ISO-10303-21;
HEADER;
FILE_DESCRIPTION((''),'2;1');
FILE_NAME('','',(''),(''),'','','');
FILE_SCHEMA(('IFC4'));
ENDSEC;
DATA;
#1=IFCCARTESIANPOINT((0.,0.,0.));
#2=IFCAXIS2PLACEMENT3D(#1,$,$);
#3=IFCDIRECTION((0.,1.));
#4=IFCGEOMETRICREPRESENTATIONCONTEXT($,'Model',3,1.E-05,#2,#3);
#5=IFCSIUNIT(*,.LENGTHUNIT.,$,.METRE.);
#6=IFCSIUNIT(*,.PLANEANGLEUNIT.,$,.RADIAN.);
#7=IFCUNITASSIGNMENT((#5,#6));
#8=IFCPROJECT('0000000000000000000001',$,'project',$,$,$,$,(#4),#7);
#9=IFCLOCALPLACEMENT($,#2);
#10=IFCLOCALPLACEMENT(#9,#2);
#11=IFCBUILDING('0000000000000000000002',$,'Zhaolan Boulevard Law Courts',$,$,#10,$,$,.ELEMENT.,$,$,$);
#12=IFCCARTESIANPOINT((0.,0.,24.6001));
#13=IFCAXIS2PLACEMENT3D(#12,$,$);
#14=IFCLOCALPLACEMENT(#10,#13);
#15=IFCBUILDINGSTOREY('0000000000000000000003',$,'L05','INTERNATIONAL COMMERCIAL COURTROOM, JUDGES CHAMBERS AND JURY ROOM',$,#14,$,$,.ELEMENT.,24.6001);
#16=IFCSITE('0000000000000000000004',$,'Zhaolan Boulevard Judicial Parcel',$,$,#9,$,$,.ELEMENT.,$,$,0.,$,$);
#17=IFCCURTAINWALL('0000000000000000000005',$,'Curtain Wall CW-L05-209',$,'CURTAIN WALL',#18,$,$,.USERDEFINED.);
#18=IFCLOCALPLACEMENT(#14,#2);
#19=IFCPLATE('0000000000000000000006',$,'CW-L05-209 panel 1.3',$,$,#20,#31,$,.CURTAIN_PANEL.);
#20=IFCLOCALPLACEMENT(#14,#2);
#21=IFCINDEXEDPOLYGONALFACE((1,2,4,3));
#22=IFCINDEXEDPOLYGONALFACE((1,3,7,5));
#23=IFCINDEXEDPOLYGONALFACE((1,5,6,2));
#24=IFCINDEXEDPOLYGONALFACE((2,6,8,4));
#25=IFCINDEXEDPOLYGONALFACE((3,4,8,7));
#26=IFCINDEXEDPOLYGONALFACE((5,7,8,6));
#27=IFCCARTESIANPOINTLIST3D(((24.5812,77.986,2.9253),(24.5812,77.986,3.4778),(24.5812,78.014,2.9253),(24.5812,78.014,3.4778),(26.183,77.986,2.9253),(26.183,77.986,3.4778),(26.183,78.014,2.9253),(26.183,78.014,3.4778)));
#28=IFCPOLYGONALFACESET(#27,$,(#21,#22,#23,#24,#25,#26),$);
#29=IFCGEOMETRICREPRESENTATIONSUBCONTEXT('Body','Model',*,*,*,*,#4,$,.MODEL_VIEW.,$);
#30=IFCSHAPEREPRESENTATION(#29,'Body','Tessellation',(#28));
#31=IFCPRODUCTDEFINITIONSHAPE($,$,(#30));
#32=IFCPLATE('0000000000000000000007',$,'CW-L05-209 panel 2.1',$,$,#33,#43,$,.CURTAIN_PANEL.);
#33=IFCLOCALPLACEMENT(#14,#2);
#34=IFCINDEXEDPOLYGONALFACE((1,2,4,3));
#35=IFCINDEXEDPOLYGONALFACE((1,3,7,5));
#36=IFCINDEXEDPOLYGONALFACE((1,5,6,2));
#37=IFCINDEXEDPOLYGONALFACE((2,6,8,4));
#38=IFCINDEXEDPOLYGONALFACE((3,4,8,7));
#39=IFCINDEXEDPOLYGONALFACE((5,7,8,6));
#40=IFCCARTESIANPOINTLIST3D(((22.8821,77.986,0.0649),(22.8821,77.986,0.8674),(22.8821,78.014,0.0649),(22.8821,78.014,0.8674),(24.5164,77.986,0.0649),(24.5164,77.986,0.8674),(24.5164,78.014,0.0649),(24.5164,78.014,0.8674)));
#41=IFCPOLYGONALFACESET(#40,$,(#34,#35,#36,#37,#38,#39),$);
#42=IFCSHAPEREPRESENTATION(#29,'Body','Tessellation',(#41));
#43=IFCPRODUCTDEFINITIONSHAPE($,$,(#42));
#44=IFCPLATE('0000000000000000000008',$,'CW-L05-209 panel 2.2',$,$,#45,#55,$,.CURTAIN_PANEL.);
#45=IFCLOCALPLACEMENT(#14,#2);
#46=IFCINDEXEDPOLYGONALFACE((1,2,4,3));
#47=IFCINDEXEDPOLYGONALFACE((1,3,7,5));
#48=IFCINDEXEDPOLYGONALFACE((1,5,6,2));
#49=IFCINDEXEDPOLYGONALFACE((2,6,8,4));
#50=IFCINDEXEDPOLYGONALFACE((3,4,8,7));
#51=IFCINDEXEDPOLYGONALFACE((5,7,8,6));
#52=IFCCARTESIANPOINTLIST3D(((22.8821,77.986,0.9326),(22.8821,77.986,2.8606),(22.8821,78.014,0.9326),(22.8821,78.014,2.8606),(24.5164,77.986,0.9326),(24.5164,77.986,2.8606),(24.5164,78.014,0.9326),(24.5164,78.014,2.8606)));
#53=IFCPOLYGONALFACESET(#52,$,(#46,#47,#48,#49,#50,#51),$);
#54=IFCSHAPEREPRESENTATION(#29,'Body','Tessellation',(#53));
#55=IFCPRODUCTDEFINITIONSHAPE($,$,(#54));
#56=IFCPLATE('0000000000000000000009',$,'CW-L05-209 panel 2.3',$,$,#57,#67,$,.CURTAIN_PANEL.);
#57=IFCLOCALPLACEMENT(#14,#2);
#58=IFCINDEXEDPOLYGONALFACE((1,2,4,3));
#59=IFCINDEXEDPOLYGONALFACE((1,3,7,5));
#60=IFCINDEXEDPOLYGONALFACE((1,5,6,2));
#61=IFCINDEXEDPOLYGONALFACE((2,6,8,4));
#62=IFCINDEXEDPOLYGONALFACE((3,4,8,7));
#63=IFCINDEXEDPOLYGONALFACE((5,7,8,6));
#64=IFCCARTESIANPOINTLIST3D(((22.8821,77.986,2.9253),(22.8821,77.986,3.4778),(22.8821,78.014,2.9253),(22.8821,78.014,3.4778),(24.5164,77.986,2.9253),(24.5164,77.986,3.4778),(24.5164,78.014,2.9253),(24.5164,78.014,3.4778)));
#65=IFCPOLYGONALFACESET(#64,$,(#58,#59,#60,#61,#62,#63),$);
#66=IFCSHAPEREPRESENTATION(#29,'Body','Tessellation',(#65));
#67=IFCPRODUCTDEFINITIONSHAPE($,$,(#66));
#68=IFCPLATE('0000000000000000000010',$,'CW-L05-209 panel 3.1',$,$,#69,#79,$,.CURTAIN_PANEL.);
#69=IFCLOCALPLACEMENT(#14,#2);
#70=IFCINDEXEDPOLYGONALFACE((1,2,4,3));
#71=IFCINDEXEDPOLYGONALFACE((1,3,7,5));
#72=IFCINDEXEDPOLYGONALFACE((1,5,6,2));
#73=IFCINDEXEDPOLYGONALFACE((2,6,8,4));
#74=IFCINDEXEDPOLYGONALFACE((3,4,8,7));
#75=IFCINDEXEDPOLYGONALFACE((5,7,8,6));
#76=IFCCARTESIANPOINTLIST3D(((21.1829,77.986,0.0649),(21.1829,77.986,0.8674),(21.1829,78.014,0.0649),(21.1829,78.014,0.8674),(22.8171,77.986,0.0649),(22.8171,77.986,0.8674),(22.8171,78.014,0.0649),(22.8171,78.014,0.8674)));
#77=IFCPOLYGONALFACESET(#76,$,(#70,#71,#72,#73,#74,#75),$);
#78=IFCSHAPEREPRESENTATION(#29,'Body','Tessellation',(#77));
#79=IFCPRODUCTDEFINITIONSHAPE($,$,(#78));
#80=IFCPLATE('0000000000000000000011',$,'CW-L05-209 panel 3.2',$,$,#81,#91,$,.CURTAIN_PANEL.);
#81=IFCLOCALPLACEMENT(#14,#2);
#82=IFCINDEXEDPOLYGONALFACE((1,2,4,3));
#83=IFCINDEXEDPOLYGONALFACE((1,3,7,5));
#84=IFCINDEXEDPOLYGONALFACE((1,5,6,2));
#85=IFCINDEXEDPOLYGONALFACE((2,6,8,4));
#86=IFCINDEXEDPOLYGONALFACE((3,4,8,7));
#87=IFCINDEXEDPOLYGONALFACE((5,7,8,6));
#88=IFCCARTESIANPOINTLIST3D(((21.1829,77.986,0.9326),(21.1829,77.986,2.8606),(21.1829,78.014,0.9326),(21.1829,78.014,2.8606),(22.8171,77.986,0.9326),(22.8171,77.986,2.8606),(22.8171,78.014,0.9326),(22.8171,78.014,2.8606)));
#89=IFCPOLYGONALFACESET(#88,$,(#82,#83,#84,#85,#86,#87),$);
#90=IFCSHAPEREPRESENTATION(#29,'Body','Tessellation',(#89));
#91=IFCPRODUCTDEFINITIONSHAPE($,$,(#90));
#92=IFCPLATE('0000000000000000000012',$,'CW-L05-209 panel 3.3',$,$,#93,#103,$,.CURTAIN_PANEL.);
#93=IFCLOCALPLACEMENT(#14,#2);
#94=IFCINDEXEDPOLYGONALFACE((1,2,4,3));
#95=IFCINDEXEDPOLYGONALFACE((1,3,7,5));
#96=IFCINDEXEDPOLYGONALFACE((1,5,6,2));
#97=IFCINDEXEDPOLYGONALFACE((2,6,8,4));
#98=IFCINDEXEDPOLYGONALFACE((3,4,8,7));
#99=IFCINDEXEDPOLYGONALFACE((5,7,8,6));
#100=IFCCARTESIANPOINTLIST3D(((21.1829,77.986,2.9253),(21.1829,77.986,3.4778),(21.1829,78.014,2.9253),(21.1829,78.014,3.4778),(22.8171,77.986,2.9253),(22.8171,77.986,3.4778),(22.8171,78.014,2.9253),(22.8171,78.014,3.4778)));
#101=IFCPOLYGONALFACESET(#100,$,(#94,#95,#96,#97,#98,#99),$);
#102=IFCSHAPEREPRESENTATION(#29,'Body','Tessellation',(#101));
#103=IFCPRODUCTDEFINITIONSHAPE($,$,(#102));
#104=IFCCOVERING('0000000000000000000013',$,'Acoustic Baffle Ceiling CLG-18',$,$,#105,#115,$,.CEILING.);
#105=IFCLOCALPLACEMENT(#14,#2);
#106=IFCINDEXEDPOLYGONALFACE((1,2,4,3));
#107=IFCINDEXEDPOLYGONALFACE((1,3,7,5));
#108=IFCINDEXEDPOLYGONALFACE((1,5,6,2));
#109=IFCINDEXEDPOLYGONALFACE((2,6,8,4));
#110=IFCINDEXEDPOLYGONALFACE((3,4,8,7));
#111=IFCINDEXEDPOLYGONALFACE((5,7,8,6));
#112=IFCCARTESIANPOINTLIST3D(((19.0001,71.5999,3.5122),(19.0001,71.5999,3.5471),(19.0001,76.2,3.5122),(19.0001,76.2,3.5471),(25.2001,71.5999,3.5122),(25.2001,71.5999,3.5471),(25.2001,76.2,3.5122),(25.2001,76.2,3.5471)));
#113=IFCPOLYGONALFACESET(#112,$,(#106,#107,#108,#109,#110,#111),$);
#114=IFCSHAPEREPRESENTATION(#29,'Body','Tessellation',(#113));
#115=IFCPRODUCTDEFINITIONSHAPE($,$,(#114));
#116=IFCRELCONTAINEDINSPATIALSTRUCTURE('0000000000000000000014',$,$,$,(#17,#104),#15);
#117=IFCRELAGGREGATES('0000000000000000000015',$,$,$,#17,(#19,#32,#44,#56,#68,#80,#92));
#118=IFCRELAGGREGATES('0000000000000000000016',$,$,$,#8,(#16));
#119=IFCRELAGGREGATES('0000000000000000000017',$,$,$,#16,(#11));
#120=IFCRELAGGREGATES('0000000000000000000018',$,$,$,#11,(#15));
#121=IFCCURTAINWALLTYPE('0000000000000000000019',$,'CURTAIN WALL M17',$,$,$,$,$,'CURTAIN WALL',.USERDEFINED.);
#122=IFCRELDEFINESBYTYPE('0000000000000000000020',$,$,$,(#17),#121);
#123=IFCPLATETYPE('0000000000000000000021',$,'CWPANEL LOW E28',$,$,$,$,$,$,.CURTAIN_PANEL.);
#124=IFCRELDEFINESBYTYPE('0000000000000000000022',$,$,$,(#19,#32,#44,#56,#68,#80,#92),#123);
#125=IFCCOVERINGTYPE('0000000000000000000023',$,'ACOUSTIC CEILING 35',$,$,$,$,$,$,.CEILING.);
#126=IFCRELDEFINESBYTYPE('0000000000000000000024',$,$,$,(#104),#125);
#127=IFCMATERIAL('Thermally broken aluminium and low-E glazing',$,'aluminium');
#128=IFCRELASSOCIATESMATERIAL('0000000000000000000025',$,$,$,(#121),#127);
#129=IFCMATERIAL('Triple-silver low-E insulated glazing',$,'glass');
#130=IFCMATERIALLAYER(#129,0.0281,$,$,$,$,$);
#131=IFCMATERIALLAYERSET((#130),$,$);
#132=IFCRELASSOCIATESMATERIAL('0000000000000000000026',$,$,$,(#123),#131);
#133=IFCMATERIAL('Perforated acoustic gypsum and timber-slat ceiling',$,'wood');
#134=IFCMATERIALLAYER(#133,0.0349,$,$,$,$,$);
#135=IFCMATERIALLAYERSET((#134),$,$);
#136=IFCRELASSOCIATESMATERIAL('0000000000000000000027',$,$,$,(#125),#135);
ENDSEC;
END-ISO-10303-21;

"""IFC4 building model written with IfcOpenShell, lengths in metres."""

from ifc_helpers import new_model, si_unit, direction, frame, origin, origin_2d, place, context, subcontext, project, spatial, rectangle, extrude, material, layer, layer_set, type_object, element, aggregate, save


model = new_model("IFC4")

# Units and contexts
model_context = context("Model", 3, precision=1e-05, world=origin(), true_north=direction((0.0, 1.0)))
body_context = subcontext(model_context, "Body", "Model", "MODEL_VIEW")
ifc_project = project(units=[si_unit("LENGTHUNIT", "METRE"), si_unit("PLANEANGLEUNIT", "RADIAN")], contexts=[model_context])

# Site, building, storey
site_placement = place(None, origin())
site = spatial("IfcSite", under=ifc_project, at=site_placement, Name="Zhaolan Boulevard Judicial Parcel", CompositionType="ELEMENT", RefElevation=0.0)
building_placement = place(site_placement, origin())
building = spatial("IfcBuilding", under=site, at=building_placement, Name="Zhaolan Boulevard Law Courts", CompositionType="ELEMENT")
storey_placement = place(building_placement, frame((0.0, 0.0, 24.6001)))
storey = spatial("IfcBuildingStorey", under=building, at=storey_placement, Name="L05", Description="INTERNATIONAL COMMERCIAL COURTROOM, JUDGES CHAMBERS AND JURY ROOM", CompositionType="ELEMENT", Elevation=24.6001)

# Curtain wall, plates
ifc_material_1 = material(Name="Thermally broken aluminium and low-E glazing", Category="aluminium")
curtain_wall_type = type_object("IfcCurtainWallType", Name="CURTAIN WALL M17", ElementType="CURTAIN WALL", PredefinedType="USERDEFINED", material=ifc_material_1)
curtain_wall_placement = place(storey_placement, origin())
curtain_wall = element("IfcCurtainWall", 1, at=curtain_wall_placement, inside=storey, type_object=curtain_wall_type, Name="Curtain Wall CW-L05-209", ObjectType="CURTAIN WALL", PredefinedType="USERDEFINED")
ifc_material_2 = material(Name="Triple-silver low-E insulated glazing", Category="glass")
ifc_layer_1 = layer(ifc_material_2, 0.0281)
ifc_layer_set_1 = layer_set([ifc_layer_1])
plate_type = type_object("IfcPlateType", Name="CWPANEL LOW E28", PredefinedType="CURTAIN_PANEL", material=ifc_layer_set_1)
plate_1_placement = place(storey_placement, frame((25.3821, 78.0, 2.9253), z_axis=(0.0, 0.0, 1.0), x_axis=(-1.0, 0.0, 0.0)))
plate_1 = element("IfcPlate", 2, at=plate_1_placement, type_object=plate_type, Name="CW-L05-209 panel 1.3", PredefinedType="CURTAIN_PANEL", context=body_context, shape_type="SweptSolid", body=[
    extrude(rectangle(XDim=1.6018, YDim=0.0281, at=origin_2d()), origin(), (0.0, 0.0, 1.0), 0.5525),
])
plate_2_placement = place(storey_placement, frame((23.6992, 78.0, 0.0649), z_axis=(0.0, 0.0, 1.0), x_axis=(-1.0, 0.0, 0.0)))
plate_2 = element("IfcPlate", 3, at=plate_2_placement, type_object=plate_type, Name="CW-L05-209 panel 2.1", PredefinedType="CURTAIN_PANEL", context=body_context, shape_type="SweptSolid", body=[
    extrude(rectangle(XDim=1.6343, YDim=0.0281, at=origin_2d()), origin(), (0.0, 0.0, 1.0), 0.8025),
])
plate_3_placement = place(storey_placement, frame((23.6992, 78.0, 0.9326), z_axis=(0.0, 0.0, 1.0), x_axis=(-1.0, 0.0, 0.0)))
plate_3 = element("IfcPlate", 4, at=plate_3_placement, type_object=plate_type, Name="CW-L05-209 panel 2.2", PredefinedType="CURTAIN_PANEL", context=body_context, shape_type="SweptSolid", body=[
    extrude(rectangle(XDim=1.6343, YDim=0.0281, at=origin_2d()), origin(), (0.0, 0.0, 1.0), 1.928),
])
plate_4_placement = place(storey_placement, frame((23.6992, 78.0, 2.9253), z_axis=(0.0, 0.0, 1.0), x_axis=(-1.0, 0.0, 0.0)))
plate_4 = element("IfcPlate", 5, at=plate_4_placement, type_object=plate_type, Name="CW-L05-209 panel 2.3", PredefinedType="CURTAIN_PANEL", context=body_context, shape_type="SweptSolid", body=[
    extrude(rectangle(XDim=1.6343, YDim=0.0281, at=origin_2d()), origin(), (0.0, 0.0, 1.0), 0.5525),
])
plate_5_placement = place(storey_placement, frame((22.0, 78.0, 0.0649), z_axis=(0.0, 0.0, 1.0), x_axis=(-1.0, 0.0, 0.0)))
plate_5 = element("IfcPlate", 6, at=plate_5_placement, type_object=plate_type, Name="CW-L05-209 panel 3.1", PredefinedType="CURTAIN_PANEL", context=body_context, shape_type="SweptSolid", body=[
    extrude(rectangle(XDim=1.6343, YDim=0.0281, at=origin_2d()), origin(), (0.0, 0.0, 1.0), 0.8025),
])
plate_6_placement = place(storey_placement, frame((22.0, 78.0, 0.9326), z_axis=(0.0, 0.0, 1.0), x_axis=(-1.0, 0.0, 0.0)))
plate_6 = element("IfcPlate", 7, at=plate_6_placement, type_object=plate_type, Name="CW-L05-209 panel 3.2", PredefinedType="CURTAIN_PANEL", context=body_context, shape_type="SweptSolid", body=[
    extrude(rectangle(XDim=1.6343, YDim=0.0281, at=origin_2d()), origin(), (0.0, 0.0, 1.0), 1.928),
])
plate_7_placement = place(storey_placement, frame((22.0, 78.0, 2.9253), z_axis=(0.0, 0.0, 1.0), x_axis=(-1.0, 0.0, 0.0)))
plate_7 = element("IfcPlate", 8, at=plate_7_placement, type_object=plate_type, Name="CW-L05-209 panel 3.3", PredefinedType="CURTAIN_PANEL", context=body_context, shape_type="SweptSolid", body=[
    extrude(rectangle(XDim=1.6343, YDim=0.0281, at=origin_2d()), origin(), (0.0, 0.0, 1.0), 0.5525),
])
aggregate(curtain_wall, [plate_1, plate_2, plate_3, plate_4, plate_5, plate_6, plate_7])

# Covering
ifc_material_3 = material(Name="Perforated acoustic gypsum and timber-slat ceiling", Category="wood")
ifc_layer_2 = layer(ifc_material_3, 0.0349)
ifc_layer_set_2 = layer_set([ifc_layer_2])
covering_type = type_object("IfcCoveringType", Name="ACOUSTIC CEILING 35", PredefinedType="CEILING", material=ifc_layer_set_2)
covering_placement = place(storey_placement, frame((22.1001, 73.8999, 3.5122), z_axis=(0.0, 0.0, 1.0), x_axis=(1.0, 0.0, 0.0)))
element("IfcCovering", 9, at=covering_placement, inside=storey, type_object=covering_type, Name="Acoustic Baffle Ceiling CLG-18", PredefinedType="CEILING", context=body_context, shape_type="SweptSolid", body=[
    extrude(rectangle(XDim=6.2, YDim=4.6001, at=origin_2d()), origin(), (0.0, 0.0, 1.0), 0.0349),
])

save(model, "model.ifc")
